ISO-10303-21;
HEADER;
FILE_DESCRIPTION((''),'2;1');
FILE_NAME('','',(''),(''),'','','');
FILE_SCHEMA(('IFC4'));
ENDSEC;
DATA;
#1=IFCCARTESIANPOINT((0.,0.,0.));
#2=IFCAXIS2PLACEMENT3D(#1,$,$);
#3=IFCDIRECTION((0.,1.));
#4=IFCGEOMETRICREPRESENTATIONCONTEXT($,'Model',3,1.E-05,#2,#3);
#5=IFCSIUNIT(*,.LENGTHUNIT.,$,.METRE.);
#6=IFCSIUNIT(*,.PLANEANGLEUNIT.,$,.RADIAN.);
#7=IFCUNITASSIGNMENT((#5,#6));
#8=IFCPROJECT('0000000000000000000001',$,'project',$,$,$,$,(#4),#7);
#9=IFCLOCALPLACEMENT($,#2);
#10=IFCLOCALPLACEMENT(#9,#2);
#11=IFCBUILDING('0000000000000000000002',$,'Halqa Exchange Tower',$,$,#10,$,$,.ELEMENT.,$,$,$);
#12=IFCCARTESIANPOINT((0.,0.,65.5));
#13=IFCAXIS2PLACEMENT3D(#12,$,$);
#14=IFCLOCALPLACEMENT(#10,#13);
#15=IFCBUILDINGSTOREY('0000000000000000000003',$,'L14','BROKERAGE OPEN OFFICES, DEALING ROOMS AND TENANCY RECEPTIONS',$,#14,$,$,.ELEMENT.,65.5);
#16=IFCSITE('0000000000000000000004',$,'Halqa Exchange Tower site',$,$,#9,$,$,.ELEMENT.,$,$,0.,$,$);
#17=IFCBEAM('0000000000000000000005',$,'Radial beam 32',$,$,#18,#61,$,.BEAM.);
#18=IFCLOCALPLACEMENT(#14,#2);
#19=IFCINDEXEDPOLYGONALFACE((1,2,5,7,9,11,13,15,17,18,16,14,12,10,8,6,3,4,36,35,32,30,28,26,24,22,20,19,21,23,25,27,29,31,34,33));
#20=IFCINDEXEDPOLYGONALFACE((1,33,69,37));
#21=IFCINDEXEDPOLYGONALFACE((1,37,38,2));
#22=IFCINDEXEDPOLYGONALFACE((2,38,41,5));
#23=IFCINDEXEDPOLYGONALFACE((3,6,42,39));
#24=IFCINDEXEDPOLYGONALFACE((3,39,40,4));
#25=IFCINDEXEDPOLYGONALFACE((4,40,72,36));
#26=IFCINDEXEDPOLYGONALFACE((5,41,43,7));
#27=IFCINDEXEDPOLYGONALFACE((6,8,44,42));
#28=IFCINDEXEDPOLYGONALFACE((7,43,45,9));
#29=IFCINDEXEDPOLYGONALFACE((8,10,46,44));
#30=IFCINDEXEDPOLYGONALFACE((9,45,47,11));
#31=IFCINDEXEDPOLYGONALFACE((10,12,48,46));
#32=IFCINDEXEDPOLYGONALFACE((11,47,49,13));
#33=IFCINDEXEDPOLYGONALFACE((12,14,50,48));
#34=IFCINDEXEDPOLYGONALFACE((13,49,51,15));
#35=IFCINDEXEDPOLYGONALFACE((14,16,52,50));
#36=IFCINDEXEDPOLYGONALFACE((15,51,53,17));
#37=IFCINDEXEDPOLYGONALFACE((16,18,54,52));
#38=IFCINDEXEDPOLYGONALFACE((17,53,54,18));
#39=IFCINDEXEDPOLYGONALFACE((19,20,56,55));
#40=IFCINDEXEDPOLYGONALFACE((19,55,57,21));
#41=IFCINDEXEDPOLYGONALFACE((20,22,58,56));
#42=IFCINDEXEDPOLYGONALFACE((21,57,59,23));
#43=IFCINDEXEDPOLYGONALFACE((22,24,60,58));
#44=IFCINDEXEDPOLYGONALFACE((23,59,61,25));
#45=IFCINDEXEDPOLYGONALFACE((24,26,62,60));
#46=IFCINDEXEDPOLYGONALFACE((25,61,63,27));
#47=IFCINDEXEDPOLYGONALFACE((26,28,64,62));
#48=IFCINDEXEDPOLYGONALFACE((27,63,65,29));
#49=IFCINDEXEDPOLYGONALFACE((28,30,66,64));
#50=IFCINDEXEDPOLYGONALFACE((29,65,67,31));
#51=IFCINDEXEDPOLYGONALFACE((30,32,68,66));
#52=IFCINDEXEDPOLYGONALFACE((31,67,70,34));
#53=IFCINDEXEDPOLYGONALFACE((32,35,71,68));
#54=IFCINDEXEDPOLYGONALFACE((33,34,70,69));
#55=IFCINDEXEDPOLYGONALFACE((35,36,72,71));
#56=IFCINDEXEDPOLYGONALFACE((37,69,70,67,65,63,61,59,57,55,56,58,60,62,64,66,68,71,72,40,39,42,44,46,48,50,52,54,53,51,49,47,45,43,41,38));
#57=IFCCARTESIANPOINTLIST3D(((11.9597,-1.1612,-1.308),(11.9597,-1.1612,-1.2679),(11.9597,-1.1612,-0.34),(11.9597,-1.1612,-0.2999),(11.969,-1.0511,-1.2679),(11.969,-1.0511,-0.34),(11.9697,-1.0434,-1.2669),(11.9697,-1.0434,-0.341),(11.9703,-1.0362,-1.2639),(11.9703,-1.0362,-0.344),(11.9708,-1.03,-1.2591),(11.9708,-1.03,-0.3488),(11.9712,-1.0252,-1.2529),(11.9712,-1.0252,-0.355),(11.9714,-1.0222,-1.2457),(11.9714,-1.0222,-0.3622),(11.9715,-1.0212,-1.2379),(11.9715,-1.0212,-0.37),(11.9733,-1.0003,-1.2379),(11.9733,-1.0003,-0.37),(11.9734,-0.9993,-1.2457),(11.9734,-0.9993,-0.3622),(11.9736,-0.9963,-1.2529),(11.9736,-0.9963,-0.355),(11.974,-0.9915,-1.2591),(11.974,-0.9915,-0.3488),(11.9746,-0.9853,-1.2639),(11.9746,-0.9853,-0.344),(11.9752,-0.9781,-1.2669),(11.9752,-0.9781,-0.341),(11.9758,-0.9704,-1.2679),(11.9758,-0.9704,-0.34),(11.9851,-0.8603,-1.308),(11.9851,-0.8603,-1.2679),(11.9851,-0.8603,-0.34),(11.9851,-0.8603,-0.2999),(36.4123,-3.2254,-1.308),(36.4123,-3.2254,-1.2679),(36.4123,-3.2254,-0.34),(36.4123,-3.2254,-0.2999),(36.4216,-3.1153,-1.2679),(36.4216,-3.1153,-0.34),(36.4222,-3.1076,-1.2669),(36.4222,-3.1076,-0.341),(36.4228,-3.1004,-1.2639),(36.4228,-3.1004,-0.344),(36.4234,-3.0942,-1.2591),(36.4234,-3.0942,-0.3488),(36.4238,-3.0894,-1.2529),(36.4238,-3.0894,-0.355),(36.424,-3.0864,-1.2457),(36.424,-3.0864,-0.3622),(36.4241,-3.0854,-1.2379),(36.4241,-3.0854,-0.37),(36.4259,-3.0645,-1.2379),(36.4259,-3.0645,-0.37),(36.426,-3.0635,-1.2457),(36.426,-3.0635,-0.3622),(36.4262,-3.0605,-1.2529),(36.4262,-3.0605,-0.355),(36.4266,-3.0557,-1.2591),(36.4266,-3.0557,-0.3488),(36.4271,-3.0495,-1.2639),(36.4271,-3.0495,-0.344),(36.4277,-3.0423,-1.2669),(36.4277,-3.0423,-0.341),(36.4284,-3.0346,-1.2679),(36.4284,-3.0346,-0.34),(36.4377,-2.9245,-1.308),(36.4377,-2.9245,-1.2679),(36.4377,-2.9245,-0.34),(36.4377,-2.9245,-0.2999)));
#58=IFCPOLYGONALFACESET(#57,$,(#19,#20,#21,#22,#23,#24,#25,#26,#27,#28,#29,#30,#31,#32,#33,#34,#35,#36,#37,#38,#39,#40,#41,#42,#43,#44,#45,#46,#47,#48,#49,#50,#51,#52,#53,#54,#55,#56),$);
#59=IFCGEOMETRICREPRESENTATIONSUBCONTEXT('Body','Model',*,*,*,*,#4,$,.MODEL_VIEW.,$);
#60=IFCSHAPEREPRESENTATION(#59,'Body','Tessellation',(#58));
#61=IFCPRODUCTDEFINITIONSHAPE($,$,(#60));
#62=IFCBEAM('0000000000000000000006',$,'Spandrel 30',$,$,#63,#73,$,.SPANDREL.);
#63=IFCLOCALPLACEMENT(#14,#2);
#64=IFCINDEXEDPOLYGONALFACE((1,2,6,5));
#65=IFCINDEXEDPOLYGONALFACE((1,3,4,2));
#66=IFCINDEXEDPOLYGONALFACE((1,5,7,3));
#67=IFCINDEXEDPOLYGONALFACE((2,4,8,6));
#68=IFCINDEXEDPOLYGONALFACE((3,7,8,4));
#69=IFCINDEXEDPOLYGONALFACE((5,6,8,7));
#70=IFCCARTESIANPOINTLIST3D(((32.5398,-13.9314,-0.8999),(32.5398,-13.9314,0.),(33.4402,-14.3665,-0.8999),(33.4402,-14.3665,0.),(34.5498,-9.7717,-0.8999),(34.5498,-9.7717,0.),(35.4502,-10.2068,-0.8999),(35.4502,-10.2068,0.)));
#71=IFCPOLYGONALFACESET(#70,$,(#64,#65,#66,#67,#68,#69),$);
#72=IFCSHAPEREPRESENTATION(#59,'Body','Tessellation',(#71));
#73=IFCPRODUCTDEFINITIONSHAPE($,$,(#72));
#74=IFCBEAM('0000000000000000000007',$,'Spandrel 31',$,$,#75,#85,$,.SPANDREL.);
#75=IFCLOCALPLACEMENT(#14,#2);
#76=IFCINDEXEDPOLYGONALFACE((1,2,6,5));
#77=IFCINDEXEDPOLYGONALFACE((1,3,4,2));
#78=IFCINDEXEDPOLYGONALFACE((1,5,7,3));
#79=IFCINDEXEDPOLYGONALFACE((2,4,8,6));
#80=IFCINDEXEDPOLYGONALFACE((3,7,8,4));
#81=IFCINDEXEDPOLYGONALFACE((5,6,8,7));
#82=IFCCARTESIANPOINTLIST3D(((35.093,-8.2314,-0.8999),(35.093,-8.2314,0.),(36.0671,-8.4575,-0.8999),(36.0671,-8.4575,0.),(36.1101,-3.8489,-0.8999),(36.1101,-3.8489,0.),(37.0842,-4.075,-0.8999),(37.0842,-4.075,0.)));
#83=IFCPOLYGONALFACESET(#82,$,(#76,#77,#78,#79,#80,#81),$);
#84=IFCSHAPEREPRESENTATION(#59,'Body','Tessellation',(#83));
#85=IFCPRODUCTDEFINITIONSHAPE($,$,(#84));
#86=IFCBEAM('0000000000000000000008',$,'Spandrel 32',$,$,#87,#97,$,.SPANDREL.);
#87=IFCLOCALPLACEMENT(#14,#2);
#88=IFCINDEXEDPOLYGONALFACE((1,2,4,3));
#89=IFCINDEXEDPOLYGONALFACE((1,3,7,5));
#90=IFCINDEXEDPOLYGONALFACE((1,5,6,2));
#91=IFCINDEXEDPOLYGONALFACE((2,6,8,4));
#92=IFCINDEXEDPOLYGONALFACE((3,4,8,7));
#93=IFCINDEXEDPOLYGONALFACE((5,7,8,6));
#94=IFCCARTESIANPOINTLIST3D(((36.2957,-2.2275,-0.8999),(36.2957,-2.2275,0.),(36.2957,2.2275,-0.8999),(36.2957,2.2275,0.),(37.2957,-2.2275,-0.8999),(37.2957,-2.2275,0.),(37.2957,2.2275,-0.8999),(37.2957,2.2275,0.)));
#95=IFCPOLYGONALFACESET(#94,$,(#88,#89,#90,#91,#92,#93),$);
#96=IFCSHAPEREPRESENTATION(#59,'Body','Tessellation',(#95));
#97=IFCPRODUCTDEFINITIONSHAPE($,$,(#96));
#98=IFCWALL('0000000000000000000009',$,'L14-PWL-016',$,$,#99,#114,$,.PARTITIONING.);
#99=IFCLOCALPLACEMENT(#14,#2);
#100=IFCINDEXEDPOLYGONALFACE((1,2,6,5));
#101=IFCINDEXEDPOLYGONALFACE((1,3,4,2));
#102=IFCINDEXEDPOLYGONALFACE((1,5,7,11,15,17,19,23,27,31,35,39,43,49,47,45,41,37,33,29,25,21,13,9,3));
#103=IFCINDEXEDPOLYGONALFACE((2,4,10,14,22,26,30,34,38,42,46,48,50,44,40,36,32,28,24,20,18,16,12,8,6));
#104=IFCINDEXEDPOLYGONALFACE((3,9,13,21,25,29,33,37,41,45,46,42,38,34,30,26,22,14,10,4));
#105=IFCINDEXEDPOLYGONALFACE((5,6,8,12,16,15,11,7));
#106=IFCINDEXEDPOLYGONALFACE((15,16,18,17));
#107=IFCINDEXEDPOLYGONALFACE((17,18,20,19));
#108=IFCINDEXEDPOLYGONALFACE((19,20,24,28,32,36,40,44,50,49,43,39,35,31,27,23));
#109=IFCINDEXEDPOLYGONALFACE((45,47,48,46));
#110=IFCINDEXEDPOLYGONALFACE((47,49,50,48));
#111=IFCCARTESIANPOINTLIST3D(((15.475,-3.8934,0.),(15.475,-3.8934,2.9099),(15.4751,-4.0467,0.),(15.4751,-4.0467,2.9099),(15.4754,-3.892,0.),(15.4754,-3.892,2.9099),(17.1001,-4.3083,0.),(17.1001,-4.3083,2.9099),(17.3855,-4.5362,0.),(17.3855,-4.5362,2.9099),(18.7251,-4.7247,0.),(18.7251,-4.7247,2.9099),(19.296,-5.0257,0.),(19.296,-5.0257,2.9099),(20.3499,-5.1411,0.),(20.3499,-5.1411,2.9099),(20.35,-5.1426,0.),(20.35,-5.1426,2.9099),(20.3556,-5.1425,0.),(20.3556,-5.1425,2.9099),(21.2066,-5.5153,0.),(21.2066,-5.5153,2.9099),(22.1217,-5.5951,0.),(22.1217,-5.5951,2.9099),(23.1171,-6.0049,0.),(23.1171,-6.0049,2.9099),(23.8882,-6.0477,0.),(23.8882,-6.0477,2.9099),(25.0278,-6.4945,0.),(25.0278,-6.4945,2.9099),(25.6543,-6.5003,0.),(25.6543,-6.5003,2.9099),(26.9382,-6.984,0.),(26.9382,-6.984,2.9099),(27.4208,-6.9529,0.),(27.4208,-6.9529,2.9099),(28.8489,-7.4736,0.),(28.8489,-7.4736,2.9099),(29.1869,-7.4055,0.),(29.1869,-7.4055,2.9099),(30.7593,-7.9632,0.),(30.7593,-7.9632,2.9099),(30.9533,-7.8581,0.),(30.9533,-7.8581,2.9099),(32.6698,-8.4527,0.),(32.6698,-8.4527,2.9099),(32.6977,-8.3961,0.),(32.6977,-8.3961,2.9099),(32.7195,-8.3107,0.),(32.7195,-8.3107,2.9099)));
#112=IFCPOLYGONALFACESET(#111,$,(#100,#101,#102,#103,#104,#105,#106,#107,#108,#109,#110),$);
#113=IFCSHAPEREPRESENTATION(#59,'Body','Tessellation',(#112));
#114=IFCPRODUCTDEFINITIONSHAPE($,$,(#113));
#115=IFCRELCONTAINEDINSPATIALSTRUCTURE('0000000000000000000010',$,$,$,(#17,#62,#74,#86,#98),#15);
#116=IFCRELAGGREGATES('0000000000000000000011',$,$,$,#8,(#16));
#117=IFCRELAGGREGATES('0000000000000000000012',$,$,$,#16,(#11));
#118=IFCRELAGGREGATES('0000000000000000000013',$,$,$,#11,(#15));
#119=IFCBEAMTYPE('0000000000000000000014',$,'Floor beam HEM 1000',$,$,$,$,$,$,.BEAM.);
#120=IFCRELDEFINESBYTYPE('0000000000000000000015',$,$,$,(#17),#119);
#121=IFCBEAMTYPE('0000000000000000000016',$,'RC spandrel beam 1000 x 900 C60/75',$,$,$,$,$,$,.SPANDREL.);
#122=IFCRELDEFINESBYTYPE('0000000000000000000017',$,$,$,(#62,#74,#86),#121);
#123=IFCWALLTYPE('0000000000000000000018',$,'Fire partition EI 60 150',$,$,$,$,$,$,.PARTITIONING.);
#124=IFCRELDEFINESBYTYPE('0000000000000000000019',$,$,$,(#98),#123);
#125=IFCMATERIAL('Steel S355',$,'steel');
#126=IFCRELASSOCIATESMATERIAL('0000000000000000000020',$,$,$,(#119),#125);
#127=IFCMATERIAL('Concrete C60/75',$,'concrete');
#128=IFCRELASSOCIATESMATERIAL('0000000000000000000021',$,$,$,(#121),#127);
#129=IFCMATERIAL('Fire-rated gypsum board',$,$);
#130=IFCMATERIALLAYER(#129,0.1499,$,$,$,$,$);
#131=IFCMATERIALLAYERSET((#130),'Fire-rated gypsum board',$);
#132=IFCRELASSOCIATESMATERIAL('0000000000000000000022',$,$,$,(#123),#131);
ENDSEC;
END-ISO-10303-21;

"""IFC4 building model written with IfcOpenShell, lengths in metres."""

from ifc_helpers import new_model, si_unit, direction, frame, origin, origin_2d, place, context, subcontext, project, spatial, polyline, rectangle, i_section, outline, extrude, material, layer, layer_set, material_profile, profile_set, type_object, element, save


model = new_model("IFC4")

# Units and contexts
model_context = context("Model", 3, precision=1e-05, world=origin(), true_north=direction((0.0, 1.0)))
body_context = subcontext(model_context, "Body", "Model", "MODEL_VIEW")
ifc_project = project(units=[si_unit("LENGTHUNIT", "METRE"), si_unit("PLANEANGLEUNIT", "RADIAN")], contexts=[model_context])

# Site, building, storey
site_placement = place(None, origin())
site = spatial("IfcSite", under=ifc_project, at=site_placement, Name="Halqa Exchange Tower site", CompositionType="ELEMENT", RefElevation=0.0)
building_placement = place(site_placement, origin())
building = spatial("IfcBuilding", under=site, at=building_placement, Name="Halqa Exchange Tower", CompositionType="ELEMENT")
storey_placement = place(building_placement, frame((0.0, 0.0, 65.5)))
storey = spatial("IfcBuildingStorey", under=building, at=storey_placement, Name="L14", Description="BROKERAGE OPEN OFFICES, DEALING ROOMS AND TENANCY RECEPTIONS", CompositionType="ELEMENT", Elevation=65.5)

# Beams
ifc_material_1 = material(Name="Steel S355", Category="steel")
ifc_material_profile_1 = material_profile(ifc_material_1, i_section(OverallWidth=0.302, OverallDepth=1.0081, WebThickness=0.021, FlangeThickness=0.04, FilletRadius=0.03, at=origin_2d()), Name="HEM 1000")
ifc_profile_set_1 = profile_set([ifc_material_profile_1], Name="Steel S355")
beam_type_1 = type_object("IfcBeamType", Name="Floor beam HEM 1000", PredefinedType="BEAM", material=ifc_profile_set_1)
beam_1_placement = place(storey_placement, frame((11.9724, -1.0107, -0.804), z_axis=(0.996456, -0.084117, 0.0), x_axis=(0.084117, 0.996456, 0.0)))
element("IfcBeam", 1, at=beam_1_placement, inside=storey, type_object=beam_type_1, Name="Radial beam 32", PredefinedType="BEAM", context=body_context, shape_type="SweptSolid", body=[
    extrude(i_section(OverallWidth=0.302, OverallDepth=1.0081, WebThickness=0.021, FlangeThickness=0.04, FilletRadius=0.03, at=origin_2d()), origin(), (0.0, 0.0, 1.0), 24.5396),
])
ifc_material_2 = material(Name="Concrete C60/75", Category="concrete")
ifc_material_profile_2 = material_profile(ifc_material_2, rectangle(XDim=1.0, YDim=0.8999, at=origin_2d()), Name="1000 x 900")
ifc_profile_set_2 = profile_set([ifc_material_profile_2], Name="Concrete C60/75")
beam_type_2 = type_object("IfcBeamType", Name="RC spandrel beam 1000 x 900 C60/75", PredefinedType="SPANDREL", material=ifc_profile_set_2)
beam_2_placement = place(storey_placement, frame((32.99, -14.1489, -0.45), z_axis=(0.435082, 0.900391, 0.0), x_axis=(-0.900391, 0.435082, 0.0)))
element("IfcBeam", 2, at=beam_2_placement, inside=storey, type_object=beam_type_2, Name="Spandrel 30", PredefinedType="SPANDREL", context=body_context, shape_type="SweptSolid", body=[
    extrude(rectangle(XDim=1.0, YDim=0.8999, at=origin_2d()), origin(), (0.0, 0.0, 1.0), 4.6199),
])
beam_3_placement = place(storey_placement, frame((35.5801, -8.3445, -0.45), z_axis=(0.226068, 0.974111, 0.0), x_axis=(-0.974111, 0.226068, 0.0)))
element("IfcBeam", 3, at=beam_3_placement, inside=storey, type_object=beam_type_2, Name="Spandrel 31", PredefinedType="SPANDREL", context=body_context, shape_type="SweptSolid", body=[
    extrude(rectangle(XDim=1.0, YDim=0.8999, at=origin_2d()), origin(), (0.0, 0.0, 1.0), 4.499),
])
beam_4_placement = place(storey_placement, frame((36.7957, -2.2275, -0.45), z_axis=(0.0, 1.0, 0.0), x_axis=(-1.0, 0.0, 0.0)))
element("IfcBeam", 4, at=beam_4_placement, inside=storey, type_object=beam_type_2, Name="Spandrel 32", PredefinedType="SPANDREL", context=body_context, shape_type="SweptSolid", body=[
    extrude(rectangle(XDim=1.0, YDim=0.8999, at=origin_2d()), origin(), (0.0, 0.0, 1.0), 4.4551),
])

# Wall
ifc_material_3 = material(Name="Fire-rated gypsum board")
ifc_layer_1 = layer(ifc_material_3, 0.1499)
ifc_layer_set_1 = layer_set([ifc_layer_1], Name="Fire-rated gypsum board")
wall_type_1 = type_object("IfcWallType", Name="Fire partition EI 60 150", PredefinedType="PARTITIONING", material=ifc_layer_set_1)
wall_1_placement = place(storey_placement, frame((15.4568, -3.9646, 0.0), z_axis=(0.0, 0.0, 1.0), x_axis=(0.968703, -0.248224, 0.0)))
element("IfcWall", 5, at=wall_1_placement, inside=storey, type_object=wall_type_1, Name="L14-PWL-016", PredefinedType="PARTITIONING", context=body_context, shape_type="SweptSolid", body=[
    extrude(outline(polyline([(0.0381, -0.075), (2.0103, -0.075), (3.9824, -0.075), (5.9548, -0.075), (7.927, -0.075), (9.8994, -0.075), (11.8716, -0.075), (13.844, -0.075), (15.8162, -0.075), (17.7883, -0.075), (17.8013, -0.0132), (17.8013, 0.075), (15.978, 0.075), (14.1545, 0.075), (12.3313, 0.075), (10.5078, 0.075), (8.6846, 0.075), (6.8611, 0.075), (5.0378, 0.075), (5.0325, 0.0735), (5.032, 0.075), (3.3547, 0.075), (1.6772, 0.075), (0.0, 0.075), (0.0, 0.0735), (0.0381, -0.075)])), origin(), (0.0, 0.0, 1.0), 2.9099),
])

save(model, "model.ifc")
